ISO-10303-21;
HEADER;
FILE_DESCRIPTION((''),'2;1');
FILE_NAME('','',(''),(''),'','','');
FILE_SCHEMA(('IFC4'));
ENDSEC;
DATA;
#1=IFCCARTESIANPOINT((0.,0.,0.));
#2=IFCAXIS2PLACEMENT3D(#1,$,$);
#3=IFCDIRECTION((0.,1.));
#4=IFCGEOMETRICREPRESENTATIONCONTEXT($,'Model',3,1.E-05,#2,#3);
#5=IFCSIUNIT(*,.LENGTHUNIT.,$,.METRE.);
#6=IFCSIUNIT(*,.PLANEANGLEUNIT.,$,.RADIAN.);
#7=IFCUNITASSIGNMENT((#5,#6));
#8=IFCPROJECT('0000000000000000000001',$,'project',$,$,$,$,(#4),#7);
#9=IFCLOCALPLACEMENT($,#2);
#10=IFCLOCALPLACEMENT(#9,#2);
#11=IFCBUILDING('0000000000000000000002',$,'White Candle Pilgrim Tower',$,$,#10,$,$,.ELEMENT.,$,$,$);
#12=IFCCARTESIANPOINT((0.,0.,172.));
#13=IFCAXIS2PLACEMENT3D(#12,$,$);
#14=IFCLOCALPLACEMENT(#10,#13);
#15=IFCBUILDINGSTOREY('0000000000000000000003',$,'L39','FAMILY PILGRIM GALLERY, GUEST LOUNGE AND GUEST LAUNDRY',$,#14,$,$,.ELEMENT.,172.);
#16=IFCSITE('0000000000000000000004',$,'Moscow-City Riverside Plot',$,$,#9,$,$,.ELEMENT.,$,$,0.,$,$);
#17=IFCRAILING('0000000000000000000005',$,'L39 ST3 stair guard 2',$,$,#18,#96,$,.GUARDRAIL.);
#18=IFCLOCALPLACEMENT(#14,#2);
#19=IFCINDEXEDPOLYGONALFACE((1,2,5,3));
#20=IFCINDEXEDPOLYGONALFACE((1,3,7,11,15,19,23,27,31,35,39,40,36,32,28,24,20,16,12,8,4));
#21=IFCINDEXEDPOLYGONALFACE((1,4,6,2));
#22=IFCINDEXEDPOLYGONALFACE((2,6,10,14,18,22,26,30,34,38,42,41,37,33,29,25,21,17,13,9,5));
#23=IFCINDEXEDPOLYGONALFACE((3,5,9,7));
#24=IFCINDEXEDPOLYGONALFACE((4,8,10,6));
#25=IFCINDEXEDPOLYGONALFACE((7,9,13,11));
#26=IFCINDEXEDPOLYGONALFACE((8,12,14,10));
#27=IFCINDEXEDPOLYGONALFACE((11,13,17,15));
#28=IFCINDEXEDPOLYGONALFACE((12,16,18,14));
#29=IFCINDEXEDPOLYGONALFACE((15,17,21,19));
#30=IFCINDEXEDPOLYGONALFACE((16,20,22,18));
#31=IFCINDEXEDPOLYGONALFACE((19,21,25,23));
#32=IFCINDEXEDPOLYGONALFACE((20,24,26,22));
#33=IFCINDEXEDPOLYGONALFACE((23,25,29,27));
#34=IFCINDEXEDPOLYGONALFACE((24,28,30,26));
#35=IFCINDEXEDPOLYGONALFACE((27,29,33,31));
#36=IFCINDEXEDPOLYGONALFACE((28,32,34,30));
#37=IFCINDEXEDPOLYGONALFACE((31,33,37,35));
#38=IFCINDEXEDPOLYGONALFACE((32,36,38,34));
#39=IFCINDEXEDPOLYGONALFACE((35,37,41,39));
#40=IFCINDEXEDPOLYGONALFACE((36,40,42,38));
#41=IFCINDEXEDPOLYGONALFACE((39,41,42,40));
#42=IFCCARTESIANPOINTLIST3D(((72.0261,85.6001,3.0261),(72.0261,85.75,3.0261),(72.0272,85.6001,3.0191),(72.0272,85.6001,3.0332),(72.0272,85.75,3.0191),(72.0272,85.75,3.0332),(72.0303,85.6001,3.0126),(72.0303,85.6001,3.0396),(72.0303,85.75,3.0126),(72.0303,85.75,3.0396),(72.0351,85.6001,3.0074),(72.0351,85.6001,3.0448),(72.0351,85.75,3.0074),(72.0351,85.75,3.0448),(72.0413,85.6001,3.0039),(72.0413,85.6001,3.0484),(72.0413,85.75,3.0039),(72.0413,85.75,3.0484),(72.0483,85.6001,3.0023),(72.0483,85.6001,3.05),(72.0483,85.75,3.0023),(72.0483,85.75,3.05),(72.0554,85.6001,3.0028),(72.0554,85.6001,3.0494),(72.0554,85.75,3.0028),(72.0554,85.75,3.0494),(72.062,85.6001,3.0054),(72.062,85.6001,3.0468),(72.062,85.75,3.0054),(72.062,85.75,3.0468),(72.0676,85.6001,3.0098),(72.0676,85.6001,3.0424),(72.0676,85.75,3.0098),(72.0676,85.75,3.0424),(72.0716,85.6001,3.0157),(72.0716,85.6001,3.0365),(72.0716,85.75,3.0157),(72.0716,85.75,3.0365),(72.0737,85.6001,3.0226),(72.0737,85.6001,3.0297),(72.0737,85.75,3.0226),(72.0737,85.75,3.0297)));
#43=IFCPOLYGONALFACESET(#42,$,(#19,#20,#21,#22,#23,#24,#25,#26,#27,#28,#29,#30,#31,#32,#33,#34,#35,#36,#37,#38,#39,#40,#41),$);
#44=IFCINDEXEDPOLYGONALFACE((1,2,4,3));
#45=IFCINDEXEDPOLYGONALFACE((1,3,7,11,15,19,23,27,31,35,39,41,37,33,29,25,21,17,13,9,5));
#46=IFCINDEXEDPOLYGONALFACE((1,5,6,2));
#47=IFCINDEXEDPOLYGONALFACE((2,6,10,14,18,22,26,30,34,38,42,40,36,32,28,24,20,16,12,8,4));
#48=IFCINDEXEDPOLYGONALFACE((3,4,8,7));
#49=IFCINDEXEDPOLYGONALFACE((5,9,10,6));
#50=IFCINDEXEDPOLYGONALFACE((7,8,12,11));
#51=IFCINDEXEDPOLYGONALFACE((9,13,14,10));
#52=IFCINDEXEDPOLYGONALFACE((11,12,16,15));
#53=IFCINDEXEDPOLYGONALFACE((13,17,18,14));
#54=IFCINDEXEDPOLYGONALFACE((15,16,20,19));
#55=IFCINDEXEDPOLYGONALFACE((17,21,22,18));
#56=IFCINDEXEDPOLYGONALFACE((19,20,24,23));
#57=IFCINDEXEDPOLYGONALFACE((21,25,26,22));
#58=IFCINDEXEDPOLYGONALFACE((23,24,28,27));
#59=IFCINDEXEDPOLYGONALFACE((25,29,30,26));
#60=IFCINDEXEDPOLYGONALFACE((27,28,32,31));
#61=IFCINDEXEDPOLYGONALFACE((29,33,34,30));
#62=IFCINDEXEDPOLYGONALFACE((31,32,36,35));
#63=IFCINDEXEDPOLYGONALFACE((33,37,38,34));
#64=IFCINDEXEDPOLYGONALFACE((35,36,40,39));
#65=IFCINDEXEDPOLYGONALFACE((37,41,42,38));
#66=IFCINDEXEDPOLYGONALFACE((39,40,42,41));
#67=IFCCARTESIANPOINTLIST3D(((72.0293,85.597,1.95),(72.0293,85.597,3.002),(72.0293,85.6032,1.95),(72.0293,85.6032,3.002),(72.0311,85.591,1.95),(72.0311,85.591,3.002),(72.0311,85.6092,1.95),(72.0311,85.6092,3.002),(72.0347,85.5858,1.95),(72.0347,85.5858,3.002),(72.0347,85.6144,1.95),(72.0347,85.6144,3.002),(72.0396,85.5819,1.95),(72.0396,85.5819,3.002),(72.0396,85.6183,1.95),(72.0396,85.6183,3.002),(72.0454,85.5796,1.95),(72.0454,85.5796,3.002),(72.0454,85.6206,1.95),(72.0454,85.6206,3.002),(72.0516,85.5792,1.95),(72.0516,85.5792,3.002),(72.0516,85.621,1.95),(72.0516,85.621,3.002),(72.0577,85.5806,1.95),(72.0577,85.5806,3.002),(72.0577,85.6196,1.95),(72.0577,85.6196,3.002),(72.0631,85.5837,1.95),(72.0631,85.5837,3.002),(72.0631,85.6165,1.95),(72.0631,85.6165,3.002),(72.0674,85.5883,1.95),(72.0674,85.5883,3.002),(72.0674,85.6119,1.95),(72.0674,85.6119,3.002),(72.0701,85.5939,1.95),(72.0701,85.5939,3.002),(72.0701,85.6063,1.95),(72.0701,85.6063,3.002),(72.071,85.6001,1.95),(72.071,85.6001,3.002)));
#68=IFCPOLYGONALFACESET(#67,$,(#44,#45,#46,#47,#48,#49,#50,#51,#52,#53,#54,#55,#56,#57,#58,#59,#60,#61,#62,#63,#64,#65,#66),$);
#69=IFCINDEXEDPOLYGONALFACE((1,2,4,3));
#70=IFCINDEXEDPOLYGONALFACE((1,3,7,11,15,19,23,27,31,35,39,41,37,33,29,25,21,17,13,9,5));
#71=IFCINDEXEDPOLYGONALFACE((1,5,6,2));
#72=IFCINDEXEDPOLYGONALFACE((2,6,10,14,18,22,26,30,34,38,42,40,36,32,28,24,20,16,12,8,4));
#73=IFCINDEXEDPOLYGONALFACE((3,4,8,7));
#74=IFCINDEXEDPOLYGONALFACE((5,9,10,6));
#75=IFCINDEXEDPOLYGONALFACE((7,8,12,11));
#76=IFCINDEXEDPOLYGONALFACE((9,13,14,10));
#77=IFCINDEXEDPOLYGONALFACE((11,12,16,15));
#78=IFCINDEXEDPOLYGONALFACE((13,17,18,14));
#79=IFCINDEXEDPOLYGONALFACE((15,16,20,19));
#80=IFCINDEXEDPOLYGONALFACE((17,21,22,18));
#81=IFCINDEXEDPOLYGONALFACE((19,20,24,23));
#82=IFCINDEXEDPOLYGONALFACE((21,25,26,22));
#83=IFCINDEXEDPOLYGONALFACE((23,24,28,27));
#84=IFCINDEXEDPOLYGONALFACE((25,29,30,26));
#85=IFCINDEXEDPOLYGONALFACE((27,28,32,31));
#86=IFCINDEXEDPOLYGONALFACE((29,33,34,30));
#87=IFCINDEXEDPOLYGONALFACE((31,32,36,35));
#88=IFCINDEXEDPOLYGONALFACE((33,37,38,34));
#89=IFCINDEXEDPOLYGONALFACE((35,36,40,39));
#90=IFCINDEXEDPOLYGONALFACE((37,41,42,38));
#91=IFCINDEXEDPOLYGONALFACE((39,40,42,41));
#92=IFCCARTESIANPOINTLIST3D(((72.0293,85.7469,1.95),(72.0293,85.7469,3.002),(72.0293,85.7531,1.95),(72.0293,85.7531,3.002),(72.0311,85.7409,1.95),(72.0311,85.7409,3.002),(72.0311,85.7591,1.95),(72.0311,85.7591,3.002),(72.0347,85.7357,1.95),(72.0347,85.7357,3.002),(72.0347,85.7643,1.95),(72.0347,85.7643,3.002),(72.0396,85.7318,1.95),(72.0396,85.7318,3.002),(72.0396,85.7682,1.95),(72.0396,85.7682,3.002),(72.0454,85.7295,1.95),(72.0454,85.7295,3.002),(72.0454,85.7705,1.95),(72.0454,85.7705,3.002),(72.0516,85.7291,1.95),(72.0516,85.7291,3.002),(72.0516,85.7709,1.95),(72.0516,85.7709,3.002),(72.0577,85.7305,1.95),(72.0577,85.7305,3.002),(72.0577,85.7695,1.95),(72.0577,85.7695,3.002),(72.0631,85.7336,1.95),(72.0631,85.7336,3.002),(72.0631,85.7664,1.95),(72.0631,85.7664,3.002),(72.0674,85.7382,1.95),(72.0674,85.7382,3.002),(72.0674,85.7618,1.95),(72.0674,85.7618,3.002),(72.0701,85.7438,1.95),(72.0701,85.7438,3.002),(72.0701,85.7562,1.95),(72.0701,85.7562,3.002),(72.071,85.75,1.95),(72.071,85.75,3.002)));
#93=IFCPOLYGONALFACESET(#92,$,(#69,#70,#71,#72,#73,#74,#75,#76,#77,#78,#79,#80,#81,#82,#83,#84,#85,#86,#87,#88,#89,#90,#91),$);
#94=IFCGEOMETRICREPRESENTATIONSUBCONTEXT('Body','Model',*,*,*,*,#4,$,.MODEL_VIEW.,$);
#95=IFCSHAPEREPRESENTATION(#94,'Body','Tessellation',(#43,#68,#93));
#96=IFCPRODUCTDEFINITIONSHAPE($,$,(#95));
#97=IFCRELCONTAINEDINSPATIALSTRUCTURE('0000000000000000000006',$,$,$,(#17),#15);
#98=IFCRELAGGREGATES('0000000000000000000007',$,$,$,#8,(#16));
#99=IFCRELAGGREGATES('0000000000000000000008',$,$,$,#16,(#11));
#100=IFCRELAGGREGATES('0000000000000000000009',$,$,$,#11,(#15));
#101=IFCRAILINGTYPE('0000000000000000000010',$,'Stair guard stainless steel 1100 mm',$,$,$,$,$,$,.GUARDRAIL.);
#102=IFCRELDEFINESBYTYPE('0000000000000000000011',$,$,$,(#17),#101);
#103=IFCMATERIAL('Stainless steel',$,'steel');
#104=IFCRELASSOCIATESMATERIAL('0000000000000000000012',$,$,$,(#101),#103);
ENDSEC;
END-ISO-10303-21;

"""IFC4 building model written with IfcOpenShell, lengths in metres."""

from ifc_helpers import new_model, si_unit, direction, frame, origin, origin_2d, place, context, subcontext, project, spatial, circle, extrude, material, type_object, element, save


model = new_model("IFC4")

# Units and contexts
model_context = context("Model", 3, precision=1e-05, world=origin(), true_north=direction((0.0, 1.0)))
body_context = subcontext(model_context, "Body", "Model", "MODEL_VIEW")
ifc_project = project(units=[si_unit("LENGTHUNIT", "METRE"), si_unit("PLANEANGLEUNIT", "RADIAN")], contexts=[model_context])

# Site, building, storey
site_placement = place(None, origin())
site = spatial("IfcSite", under=ifc_project, at=site_placement, Name="Moscow-City Riverside Plot", CompositionType="ELEMENT", RefElevation=0.0)
building_placement = place(site_placement, origin())
building = spatial("IfcBuilding", under=site, at=building_placement, Name="White Candle Pilgrim Tower", CompositionType="ELEMENT")
storey_placement = place(building_placement, frame((0.0, 0.0, 172.0)))
storey = spatial("IfcBuildingStorey", under=building, at=storey_placement, Name="L39", Description="FAMILY PILGRIM GALLERY, GUEST LOUNGE AND GUEST LAUNDRY", CompositionType="ELEMENT", Elevation=172.0)

# Railing
ifc_material_1 = material(Name="Stainless steel", Category="steel")
railing_type_1 = type_object("IfcRailingType", Name="Stair guard stainless steel 1100 mm", PredefinedType="GUARDRAIL", material=ifc_material_1)
railing_1_placement = place(storey_placement, frame((72.05, 85.6001, 1.95)))
element("IfcRailing", 1, at=railing_1_placement, inside=storey, type_object=railing_type_1, Name="L39 ST3 stair guard 2", PredefinedType="GUARDRAIL", context=body_context, shape_type="SweptSolid", body=[
    extrude(circle(Radius=0.0239, at=origin_2d()), frame((0.0, 0.0, 1.0762), z_axis=(0.0, 1.0, 0.0), x_axis=(-1.0, 0.0, 0.0)), (0.0, 0.0, 1.0), 0.1499),
    extrude(circle(Radius=0.021, at=origin_2d()), origin(), (0.0, 0.0, 1.0), 1.052),
    extrude(circle(Radius=0.021, at=origin_2d()), frame((0.0, 0.1499, 0.0)), (0.0, 0.0, 1.0), 1.052),
])

save(model, "model.ifc")
